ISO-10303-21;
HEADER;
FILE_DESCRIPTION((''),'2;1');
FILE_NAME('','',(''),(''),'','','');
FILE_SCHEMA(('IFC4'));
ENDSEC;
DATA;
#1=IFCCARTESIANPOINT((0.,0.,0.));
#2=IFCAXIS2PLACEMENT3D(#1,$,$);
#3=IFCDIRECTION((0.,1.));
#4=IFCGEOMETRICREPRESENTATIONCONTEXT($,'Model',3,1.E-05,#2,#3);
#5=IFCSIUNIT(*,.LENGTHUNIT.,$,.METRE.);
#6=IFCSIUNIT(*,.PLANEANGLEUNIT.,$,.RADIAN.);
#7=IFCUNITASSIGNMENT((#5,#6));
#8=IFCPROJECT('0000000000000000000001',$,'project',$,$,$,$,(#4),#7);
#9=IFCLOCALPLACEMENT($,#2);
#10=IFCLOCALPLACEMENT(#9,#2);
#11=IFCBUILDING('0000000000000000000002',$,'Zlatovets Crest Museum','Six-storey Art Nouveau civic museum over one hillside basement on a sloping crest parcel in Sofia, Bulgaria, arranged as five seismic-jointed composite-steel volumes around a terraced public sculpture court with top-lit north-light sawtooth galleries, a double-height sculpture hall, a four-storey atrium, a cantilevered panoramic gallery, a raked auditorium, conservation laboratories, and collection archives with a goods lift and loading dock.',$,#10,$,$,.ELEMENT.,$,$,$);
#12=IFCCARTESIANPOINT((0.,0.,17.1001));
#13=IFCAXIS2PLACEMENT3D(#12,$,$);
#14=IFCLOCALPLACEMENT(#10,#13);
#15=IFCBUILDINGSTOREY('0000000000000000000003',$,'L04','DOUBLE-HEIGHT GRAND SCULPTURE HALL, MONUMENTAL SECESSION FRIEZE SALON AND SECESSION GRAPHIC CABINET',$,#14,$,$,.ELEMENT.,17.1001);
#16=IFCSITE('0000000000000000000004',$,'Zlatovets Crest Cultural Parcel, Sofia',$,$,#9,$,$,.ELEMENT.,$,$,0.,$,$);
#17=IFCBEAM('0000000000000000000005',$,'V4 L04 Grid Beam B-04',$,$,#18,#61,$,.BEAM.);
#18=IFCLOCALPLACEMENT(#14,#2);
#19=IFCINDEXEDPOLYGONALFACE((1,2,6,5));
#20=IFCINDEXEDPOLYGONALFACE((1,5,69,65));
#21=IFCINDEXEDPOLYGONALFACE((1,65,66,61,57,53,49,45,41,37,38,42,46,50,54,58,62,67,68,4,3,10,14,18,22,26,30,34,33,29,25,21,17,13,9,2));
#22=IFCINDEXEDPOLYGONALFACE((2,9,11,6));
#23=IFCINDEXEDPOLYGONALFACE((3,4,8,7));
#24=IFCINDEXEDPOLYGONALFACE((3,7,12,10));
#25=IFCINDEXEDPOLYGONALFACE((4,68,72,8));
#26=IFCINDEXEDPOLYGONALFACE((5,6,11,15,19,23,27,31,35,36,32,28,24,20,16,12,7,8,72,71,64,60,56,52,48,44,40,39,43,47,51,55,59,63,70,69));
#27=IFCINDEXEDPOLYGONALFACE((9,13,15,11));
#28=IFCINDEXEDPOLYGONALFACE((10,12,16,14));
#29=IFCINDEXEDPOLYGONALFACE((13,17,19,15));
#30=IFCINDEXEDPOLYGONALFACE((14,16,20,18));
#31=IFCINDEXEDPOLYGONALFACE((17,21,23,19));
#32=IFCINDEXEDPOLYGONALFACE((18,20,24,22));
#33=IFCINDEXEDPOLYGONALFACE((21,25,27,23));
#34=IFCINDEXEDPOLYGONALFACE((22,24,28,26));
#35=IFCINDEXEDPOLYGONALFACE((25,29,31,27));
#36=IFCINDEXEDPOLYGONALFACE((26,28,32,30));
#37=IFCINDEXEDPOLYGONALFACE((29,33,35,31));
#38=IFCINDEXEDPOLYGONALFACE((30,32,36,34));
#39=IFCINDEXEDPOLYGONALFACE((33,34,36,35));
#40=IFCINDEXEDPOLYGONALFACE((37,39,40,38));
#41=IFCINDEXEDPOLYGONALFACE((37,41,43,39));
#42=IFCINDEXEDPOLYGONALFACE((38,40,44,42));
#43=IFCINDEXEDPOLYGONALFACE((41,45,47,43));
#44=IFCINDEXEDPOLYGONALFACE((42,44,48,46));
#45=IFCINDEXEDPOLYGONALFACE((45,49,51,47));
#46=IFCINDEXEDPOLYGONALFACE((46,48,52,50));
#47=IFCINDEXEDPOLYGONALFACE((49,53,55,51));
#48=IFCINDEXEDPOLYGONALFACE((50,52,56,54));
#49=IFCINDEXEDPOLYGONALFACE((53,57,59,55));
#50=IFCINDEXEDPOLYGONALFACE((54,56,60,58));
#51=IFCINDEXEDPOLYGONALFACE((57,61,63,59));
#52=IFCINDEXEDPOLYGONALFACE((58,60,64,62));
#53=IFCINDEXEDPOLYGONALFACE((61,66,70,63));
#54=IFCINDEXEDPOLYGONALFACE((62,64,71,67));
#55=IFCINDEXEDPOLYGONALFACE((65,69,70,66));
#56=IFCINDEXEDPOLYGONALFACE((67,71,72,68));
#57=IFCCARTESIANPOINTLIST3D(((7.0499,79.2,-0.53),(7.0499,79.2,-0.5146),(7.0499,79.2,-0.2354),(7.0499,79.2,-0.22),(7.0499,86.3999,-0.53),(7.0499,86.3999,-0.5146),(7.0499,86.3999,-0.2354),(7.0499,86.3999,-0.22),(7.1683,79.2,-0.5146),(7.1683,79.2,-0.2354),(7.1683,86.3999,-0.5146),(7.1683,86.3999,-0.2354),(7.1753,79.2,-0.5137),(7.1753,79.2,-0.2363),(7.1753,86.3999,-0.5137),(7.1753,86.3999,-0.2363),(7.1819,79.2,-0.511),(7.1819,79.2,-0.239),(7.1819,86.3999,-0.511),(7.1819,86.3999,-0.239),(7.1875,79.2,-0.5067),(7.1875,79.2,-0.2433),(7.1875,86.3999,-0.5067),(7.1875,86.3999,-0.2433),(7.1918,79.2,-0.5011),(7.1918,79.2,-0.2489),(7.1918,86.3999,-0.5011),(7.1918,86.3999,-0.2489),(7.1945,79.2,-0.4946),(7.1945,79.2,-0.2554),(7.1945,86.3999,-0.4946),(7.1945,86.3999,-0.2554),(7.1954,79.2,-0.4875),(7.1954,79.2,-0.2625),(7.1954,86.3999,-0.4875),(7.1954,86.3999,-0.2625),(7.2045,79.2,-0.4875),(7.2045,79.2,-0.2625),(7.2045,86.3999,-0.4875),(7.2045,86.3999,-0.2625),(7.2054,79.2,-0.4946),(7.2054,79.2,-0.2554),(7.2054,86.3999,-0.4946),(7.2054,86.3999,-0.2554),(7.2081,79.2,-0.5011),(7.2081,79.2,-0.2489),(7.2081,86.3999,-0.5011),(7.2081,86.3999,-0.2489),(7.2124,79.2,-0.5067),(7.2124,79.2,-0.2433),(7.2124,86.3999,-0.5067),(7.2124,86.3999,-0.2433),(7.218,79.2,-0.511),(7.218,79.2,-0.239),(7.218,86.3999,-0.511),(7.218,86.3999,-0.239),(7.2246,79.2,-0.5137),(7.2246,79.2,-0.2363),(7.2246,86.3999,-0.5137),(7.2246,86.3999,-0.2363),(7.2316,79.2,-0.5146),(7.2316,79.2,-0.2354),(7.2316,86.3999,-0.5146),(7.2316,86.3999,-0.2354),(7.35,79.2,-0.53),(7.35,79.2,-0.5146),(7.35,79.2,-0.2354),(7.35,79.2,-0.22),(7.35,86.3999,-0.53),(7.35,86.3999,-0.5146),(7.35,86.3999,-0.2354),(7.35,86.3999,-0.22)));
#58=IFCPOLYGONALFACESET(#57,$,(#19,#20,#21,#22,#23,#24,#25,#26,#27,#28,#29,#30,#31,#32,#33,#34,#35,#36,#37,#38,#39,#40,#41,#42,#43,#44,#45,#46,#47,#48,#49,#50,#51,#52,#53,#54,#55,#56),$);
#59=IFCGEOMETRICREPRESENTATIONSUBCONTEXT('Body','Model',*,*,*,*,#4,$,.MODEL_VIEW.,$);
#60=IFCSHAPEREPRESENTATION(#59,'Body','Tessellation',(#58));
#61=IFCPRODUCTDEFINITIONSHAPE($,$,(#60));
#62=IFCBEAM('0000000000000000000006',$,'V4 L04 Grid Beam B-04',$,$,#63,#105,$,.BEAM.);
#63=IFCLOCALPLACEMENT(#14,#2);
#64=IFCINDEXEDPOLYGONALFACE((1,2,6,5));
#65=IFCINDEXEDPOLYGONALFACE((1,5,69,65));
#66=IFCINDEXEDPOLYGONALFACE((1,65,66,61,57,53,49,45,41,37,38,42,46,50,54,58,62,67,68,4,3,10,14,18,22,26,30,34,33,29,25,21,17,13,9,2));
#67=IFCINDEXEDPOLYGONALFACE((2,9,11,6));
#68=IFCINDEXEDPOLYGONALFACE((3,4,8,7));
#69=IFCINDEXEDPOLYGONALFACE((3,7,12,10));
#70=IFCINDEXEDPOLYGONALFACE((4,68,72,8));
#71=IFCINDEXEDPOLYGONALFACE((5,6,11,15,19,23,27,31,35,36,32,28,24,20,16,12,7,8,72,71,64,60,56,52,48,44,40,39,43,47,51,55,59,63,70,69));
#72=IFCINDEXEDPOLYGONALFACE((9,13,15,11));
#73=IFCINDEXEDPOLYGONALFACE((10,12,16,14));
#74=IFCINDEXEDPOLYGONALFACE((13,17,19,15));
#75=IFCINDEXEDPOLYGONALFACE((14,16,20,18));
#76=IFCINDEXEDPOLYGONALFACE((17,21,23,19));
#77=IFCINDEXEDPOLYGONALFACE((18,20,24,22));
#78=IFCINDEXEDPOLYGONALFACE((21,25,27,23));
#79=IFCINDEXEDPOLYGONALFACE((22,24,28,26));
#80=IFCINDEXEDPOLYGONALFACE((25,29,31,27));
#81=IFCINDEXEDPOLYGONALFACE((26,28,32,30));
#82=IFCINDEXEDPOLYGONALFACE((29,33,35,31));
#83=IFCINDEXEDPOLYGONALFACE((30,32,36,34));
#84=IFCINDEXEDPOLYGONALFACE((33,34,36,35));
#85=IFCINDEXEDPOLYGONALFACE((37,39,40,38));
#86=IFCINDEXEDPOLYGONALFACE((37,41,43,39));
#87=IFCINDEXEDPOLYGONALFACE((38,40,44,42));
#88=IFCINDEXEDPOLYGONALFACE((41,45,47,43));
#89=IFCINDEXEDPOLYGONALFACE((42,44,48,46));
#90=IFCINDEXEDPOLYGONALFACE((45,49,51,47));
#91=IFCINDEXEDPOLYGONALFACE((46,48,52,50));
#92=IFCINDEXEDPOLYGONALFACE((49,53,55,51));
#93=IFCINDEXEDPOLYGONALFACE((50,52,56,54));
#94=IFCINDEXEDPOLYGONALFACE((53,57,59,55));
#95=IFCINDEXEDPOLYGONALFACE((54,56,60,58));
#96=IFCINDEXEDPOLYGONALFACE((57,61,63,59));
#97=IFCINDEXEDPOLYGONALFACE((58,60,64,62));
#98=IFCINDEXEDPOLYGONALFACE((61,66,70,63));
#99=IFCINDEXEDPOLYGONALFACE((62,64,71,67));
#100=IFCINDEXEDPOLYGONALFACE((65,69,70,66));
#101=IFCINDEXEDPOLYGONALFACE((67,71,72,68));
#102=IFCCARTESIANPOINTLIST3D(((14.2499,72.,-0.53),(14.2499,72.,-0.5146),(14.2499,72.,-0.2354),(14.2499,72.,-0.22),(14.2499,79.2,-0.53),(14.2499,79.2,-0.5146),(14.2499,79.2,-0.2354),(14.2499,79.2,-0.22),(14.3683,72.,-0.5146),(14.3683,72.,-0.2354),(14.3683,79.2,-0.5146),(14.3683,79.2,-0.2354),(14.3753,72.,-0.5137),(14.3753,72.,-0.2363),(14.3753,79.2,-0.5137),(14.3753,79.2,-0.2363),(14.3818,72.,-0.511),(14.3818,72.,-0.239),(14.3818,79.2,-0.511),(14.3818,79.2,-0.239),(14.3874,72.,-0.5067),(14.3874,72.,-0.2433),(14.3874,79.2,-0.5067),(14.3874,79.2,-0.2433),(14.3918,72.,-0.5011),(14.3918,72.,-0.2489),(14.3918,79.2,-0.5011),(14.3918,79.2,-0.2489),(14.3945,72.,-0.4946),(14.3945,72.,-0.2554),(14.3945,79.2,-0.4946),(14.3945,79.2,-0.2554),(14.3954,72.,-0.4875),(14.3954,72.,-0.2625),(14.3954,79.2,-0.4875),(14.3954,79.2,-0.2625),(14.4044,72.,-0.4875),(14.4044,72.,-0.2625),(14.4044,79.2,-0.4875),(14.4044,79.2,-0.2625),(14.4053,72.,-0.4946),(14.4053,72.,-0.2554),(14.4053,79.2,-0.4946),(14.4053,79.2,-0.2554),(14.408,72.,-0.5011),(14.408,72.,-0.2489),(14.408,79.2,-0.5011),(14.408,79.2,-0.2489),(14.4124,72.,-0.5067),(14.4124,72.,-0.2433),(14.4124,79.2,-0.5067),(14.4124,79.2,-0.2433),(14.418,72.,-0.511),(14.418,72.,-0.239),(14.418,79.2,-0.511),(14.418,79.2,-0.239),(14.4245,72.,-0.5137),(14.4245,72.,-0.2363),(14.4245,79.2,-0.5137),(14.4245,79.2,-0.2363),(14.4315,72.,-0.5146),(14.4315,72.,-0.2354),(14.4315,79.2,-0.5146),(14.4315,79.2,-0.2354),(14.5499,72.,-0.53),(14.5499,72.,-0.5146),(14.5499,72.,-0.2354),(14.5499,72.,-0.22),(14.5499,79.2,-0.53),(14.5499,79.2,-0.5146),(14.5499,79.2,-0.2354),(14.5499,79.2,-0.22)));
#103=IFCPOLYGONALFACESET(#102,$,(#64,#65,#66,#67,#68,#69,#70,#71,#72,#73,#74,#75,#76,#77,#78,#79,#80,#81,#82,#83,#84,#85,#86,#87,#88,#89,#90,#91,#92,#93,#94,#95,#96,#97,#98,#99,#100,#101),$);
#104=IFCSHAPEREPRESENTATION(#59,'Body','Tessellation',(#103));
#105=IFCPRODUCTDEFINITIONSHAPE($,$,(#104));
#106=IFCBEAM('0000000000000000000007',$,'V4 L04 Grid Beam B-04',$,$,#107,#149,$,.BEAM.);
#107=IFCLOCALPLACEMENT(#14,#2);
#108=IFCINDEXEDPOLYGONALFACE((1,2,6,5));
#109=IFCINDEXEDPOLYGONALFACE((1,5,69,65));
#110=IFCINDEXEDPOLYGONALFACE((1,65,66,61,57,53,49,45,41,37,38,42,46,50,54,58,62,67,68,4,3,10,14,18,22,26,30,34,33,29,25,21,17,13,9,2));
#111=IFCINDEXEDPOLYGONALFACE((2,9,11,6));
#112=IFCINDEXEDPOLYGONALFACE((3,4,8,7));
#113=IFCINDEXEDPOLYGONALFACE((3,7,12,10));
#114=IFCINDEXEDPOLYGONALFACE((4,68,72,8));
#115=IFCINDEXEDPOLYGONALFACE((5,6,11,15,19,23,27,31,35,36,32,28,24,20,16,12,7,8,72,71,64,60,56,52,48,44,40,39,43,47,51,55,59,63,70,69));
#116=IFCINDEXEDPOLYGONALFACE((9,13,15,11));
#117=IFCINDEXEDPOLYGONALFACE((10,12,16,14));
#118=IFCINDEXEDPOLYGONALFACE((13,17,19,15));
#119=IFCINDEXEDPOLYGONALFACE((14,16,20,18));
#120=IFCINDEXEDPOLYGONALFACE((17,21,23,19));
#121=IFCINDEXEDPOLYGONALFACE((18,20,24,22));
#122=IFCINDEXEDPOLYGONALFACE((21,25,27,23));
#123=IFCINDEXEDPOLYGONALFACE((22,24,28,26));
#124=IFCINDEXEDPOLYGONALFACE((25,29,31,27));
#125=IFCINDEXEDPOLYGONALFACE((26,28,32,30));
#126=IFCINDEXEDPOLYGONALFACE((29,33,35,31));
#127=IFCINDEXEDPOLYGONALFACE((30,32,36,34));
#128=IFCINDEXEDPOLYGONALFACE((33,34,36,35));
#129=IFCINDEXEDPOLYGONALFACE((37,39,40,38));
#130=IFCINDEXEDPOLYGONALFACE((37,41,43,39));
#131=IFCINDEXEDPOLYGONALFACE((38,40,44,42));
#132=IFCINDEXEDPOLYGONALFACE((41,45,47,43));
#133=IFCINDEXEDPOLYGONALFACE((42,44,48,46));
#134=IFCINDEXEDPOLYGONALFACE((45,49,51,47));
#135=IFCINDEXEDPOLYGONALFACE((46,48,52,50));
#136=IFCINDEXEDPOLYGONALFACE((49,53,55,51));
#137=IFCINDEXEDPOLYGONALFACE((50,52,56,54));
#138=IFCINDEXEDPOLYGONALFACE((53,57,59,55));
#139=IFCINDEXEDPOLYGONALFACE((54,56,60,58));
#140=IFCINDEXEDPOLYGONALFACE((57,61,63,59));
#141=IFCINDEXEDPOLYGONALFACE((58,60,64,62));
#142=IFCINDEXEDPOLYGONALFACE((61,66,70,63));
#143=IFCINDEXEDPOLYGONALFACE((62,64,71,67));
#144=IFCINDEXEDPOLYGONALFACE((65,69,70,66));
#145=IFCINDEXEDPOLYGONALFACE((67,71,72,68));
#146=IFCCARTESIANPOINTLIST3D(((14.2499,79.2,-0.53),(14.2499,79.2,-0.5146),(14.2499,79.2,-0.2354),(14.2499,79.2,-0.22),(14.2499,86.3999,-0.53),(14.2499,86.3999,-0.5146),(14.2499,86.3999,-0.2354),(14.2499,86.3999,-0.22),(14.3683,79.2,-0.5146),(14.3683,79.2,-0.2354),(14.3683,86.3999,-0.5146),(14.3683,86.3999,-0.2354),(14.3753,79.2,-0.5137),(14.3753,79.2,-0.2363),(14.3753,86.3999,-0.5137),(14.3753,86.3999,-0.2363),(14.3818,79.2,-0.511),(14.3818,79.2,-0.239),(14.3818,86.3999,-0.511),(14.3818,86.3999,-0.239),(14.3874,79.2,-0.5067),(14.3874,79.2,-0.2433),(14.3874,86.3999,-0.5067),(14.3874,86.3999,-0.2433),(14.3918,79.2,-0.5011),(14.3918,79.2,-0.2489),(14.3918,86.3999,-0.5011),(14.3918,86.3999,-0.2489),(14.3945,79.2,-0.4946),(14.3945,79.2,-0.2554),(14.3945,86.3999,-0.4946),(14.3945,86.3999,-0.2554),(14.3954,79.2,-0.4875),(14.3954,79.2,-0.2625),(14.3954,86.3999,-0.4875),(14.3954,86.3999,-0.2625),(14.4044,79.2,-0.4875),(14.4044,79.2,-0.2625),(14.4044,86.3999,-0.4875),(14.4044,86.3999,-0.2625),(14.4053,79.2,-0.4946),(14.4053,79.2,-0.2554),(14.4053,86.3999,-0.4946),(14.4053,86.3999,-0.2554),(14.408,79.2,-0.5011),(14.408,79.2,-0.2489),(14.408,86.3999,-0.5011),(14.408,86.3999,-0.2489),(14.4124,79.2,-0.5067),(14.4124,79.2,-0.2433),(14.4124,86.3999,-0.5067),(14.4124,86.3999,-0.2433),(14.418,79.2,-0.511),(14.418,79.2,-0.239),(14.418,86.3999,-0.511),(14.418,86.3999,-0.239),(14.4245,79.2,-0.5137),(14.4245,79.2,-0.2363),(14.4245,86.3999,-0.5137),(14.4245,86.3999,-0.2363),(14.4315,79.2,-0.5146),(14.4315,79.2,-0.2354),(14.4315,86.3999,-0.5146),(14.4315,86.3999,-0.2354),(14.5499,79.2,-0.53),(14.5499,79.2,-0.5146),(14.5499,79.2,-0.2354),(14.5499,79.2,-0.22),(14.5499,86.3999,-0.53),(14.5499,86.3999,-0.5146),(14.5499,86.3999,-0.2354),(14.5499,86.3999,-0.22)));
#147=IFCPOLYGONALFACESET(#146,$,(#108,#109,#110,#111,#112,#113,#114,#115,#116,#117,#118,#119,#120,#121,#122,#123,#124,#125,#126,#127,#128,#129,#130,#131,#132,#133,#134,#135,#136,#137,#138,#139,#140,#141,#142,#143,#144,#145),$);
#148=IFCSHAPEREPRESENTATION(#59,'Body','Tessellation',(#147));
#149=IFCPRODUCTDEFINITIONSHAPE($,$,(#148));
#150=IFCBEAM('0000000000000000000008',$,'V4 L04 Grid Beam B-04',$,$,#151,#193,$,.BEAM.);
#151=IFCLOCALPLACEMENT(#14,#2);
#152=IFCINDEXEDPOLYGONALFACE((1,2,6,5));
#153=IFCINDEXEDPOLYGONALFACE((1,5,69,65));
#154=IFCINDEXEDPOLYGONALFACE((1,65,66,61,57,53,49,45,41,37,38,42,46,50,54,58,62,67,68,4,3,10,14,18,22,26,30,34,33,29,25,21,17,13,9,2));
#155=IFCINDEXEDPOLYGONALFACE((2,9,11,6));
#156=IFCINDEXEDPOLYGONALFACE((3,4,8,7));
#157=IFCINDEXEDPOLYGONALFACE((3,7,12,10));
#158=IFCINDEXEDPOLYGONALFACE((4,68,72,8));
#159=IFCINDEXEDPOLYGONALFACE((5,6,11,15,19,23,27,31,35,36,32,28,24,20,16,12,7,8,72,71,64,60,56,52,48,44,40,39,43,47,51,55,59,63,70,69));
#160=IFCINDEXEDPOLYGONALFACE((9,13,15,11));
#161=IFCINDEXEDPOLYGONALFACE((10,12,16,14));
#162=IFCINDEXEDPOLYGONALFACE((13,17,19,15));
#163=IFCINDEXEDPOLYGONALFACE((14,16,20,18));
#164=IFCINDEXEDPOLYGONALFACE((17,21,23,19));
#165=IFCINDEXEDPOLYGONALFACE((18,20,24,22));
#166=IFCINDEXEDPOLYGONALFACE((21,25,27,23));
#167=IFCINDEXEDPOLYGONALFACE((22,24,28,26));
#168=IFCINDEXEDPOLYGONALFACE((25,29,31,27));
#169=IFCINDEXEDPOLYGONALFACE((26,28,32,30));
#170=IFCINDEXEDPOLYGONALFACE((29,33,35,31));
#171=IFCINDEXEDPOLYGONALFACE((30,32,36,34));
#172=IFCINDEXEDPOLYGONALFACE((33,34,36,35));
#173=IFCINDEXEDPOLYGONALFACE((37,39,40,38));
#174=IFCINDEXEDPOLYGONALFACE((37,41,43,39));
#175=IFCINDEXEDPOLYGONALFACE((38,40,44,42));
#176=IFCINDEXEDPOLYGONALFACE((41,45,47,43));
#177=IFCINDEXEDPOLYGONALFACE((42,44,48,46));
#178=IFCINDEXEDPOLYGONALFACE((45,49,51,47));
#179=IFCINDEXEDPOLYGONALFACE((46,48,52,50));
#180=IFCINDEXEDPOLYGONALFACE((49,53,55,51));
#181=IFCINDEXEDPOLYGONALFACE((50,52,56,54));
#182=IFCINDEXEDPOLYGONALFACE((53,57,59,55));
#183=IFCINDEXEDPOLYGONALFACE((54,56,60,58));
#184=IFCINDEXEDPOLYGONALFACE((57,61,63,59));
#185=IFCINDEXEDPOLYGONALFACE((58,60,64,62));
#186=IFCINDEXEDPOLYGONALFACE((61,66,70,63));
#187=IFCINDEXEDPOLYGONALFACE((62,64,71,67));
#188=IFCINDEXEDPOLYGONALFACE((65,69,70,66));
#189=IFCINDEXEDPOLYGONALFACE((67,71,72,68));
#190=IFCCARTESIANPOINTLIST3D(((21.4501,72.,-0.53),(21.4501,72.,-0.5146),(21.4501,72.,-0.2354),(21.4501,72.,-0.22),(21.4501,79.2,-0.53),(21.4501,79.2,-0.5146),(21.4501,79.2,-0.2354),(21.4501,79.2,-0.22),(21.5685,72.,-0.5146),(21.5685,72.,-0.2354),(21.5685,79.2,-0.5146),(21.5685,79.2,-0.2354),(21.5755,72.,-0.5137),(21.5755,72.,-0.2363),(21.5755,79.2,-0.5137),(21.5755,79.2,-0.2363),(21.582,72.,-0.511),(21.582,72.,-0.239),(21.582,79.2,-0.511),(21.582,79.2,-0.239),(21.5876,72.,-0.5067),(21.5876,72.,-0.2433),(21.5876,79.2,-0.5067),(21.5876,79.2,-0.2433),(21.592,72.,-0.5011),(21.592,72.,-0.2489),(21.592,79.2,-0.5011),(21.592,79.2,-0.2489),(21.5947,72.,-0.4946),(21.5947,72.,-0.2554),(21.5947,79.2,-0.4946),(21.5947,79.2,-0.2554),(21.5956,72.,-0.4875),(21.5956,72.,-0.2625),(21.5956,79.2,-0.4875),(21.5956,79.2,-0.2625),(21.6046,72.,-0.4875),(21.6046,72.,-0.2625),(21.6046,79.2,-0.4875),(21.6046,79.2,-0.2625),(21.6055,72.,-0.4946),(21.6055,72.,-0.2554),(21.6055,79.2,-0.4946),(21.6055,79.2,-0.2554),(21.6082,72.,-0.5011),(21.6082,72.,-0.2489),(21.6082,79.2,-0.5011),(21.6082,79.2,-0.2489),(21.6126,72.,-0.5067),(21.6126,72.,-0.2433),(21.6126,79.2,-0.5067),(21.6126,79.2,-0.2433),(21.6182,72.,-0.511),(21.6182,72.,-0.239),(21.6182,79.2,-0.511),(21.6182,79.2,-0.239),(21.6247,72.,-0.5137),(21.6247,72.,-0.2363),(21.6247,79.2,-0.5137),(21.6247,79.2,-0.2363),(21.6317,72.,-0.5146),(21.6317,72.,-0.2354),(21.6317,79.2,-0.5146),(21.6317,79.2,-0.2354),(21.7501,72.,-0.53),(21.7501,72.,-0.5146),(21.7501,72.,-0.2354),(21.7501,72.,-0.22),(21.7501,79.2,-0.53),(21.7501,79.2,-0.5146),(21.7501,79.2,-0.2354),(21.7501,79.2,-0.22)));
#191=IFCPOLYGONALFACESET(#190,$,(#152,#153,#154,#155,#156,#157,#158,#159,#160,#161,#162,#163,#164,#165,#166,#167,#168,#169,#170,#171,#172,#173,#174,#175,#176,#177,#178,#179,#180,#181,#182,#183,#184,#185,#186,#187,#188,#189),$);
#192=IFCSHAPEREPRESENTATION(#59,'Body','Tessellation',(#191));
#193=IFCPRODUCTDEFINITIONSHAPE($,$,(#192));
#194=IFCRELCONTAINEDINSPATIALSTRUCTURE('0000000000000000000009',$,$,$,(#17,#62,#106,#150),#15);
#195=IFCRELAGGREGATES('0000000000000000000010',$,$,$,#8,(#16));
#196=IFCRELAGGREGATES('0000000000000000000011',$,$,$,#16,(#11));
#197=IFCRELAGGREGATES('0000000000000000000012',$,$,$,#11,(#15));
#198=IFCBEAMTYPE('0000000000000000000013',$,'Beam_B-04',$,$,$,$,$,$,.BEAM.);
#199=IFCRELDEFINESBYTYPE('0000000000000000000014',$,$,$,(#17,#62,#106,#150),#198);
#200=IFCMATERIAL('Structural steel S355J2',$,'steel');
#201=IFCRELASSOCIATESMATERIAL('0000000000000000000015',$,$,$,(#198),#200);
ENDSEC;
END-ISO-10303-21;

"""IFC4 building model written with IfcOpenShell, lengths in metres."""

from ifc_helpers import new_model, si_unit, direction, frame, origin, origin_2d, place, context, subcontext, project, spatial, i_section, extrude, material, material_profile, profile_set, type_object, element, save


model = new_model("IFC4")

# Units and contexts
model_context = context("Model", 3, precision=1e-05, world=origin(), true_north=direction((0.0, 1.0)))
body_context = subcontext(model_context, "Body", "Model", "MODEL_VIEW")
ifc_project = project(units=[si_unit("LENGTHUNIT", "METRE"), si_unit("PLANEANGLEUNIT", "RADIAN")], contexts=[model_context])

# Site, building, storey
site_placement = place(None, origin())
site = spatial("IfcSite", under=ifc_project, at=site_placement, Name="Zlatovets Crest Cultural Parcel, Sofia", CompositionType="ELEMENT", RefElevation=0.0)
building_placement = place(site_placement, origin())
building = spatial("IfcBuilding", under=site, at=building_placement, Name="Zlatovets Crest Museum", Description="Six-storey Art Nouveau civic museum over one hillside basement on a sloping crest parcel in Sofia, Bulgaria, arranged as five seismic-jointed composite-steel volumes around a terraced public sculpture court with top-lit north-light sawtooth galleries, a double-height sculpture hall, a four-storey atrium, a cantilevered panoramic gallery, a raked auditorium, conservation laboratories, and collection archives with a goods lift and loading dock.", CompositionType="ELEMENT")
storey_placement = place(building_placement, frame((0.0, 0.0, 17.1001)))
storey = spatial("IfcBuildingStorey", under=building, at=storey_placement, Name="L04", Description="DOUBLE-HEIGHT GRAND SCULPTURE HALL, MONUMENTAL SECESSION FRIEZE SALON AND SECESSION GRAPHIC CABINET", CompositionType="ELEMENT", Elevation=17.1001)

# Beams
ifc_material_1 = material(Name="Structural steel S355J2", Category="steel")
ifc_material_profile_1 = material_profile(ifc_material_1, i_section(OverallWidth=0.3, OverallDepth=0.3101, WebThickness=0.009, FlangeThickness=0.0154, FilletRadius=0.0271, at=origin_2d()), Name="HEA 320")
ifc_profile_set_1 = profile_set([ifc_material_profile_1], Name="Structural steel S355J2")
beam_type_1 = type_object("IfcBeamType", Name="Beam_B-04", PredefinedType="BEAM", material=ifc_profile_set_1)
for number, where, z_axis, x_axis, name in (
    (1, (7.2, 79.2, -0.375), (0.0, 1.0, 0.0), (-1.0, 0.0, 0.0), "V4 L04 Grid Beam B-04"),
    (2, (14.3999, 72.0, -0.375), (0.0, 1.0, 0.0), (-1.0, 0.0, 0.0), "V4 L04 Grid Beam B-04"),
    (3, (14.3999, 79.2, -0.375), (0.0, 1.0, 0.0), (-1.0, 0.0, 0.0), "V4 L04 Grid Beam B-04"),
    (4, (21.6001, 72.0, -0.375), (0.0, 1.0, 0.0), (-1.0, 0.0, 0.0), "V4 L04 Grid Beam B-04"),
):
    element("IfcBeam", number, at=place(storey_placement, frame(where, z_axis=z_axis, x_axis=x_axis)), inside=storey, type_object=beam_type_1, Name=name, PredefinedType="BEAM", context=body_context, shape_type="SweptSolid", body=[
        extrude(i_section(OverallWidth=0.3, OverallDepth=0.3101, WebThickness=0.009, FlangeThickness=0.0154, FilletRadius=0.0271, at=origin_2d()), origin(), (0.0, 0.0, 1.0), 7.2),
    ])

save(model, "model.ifc")
